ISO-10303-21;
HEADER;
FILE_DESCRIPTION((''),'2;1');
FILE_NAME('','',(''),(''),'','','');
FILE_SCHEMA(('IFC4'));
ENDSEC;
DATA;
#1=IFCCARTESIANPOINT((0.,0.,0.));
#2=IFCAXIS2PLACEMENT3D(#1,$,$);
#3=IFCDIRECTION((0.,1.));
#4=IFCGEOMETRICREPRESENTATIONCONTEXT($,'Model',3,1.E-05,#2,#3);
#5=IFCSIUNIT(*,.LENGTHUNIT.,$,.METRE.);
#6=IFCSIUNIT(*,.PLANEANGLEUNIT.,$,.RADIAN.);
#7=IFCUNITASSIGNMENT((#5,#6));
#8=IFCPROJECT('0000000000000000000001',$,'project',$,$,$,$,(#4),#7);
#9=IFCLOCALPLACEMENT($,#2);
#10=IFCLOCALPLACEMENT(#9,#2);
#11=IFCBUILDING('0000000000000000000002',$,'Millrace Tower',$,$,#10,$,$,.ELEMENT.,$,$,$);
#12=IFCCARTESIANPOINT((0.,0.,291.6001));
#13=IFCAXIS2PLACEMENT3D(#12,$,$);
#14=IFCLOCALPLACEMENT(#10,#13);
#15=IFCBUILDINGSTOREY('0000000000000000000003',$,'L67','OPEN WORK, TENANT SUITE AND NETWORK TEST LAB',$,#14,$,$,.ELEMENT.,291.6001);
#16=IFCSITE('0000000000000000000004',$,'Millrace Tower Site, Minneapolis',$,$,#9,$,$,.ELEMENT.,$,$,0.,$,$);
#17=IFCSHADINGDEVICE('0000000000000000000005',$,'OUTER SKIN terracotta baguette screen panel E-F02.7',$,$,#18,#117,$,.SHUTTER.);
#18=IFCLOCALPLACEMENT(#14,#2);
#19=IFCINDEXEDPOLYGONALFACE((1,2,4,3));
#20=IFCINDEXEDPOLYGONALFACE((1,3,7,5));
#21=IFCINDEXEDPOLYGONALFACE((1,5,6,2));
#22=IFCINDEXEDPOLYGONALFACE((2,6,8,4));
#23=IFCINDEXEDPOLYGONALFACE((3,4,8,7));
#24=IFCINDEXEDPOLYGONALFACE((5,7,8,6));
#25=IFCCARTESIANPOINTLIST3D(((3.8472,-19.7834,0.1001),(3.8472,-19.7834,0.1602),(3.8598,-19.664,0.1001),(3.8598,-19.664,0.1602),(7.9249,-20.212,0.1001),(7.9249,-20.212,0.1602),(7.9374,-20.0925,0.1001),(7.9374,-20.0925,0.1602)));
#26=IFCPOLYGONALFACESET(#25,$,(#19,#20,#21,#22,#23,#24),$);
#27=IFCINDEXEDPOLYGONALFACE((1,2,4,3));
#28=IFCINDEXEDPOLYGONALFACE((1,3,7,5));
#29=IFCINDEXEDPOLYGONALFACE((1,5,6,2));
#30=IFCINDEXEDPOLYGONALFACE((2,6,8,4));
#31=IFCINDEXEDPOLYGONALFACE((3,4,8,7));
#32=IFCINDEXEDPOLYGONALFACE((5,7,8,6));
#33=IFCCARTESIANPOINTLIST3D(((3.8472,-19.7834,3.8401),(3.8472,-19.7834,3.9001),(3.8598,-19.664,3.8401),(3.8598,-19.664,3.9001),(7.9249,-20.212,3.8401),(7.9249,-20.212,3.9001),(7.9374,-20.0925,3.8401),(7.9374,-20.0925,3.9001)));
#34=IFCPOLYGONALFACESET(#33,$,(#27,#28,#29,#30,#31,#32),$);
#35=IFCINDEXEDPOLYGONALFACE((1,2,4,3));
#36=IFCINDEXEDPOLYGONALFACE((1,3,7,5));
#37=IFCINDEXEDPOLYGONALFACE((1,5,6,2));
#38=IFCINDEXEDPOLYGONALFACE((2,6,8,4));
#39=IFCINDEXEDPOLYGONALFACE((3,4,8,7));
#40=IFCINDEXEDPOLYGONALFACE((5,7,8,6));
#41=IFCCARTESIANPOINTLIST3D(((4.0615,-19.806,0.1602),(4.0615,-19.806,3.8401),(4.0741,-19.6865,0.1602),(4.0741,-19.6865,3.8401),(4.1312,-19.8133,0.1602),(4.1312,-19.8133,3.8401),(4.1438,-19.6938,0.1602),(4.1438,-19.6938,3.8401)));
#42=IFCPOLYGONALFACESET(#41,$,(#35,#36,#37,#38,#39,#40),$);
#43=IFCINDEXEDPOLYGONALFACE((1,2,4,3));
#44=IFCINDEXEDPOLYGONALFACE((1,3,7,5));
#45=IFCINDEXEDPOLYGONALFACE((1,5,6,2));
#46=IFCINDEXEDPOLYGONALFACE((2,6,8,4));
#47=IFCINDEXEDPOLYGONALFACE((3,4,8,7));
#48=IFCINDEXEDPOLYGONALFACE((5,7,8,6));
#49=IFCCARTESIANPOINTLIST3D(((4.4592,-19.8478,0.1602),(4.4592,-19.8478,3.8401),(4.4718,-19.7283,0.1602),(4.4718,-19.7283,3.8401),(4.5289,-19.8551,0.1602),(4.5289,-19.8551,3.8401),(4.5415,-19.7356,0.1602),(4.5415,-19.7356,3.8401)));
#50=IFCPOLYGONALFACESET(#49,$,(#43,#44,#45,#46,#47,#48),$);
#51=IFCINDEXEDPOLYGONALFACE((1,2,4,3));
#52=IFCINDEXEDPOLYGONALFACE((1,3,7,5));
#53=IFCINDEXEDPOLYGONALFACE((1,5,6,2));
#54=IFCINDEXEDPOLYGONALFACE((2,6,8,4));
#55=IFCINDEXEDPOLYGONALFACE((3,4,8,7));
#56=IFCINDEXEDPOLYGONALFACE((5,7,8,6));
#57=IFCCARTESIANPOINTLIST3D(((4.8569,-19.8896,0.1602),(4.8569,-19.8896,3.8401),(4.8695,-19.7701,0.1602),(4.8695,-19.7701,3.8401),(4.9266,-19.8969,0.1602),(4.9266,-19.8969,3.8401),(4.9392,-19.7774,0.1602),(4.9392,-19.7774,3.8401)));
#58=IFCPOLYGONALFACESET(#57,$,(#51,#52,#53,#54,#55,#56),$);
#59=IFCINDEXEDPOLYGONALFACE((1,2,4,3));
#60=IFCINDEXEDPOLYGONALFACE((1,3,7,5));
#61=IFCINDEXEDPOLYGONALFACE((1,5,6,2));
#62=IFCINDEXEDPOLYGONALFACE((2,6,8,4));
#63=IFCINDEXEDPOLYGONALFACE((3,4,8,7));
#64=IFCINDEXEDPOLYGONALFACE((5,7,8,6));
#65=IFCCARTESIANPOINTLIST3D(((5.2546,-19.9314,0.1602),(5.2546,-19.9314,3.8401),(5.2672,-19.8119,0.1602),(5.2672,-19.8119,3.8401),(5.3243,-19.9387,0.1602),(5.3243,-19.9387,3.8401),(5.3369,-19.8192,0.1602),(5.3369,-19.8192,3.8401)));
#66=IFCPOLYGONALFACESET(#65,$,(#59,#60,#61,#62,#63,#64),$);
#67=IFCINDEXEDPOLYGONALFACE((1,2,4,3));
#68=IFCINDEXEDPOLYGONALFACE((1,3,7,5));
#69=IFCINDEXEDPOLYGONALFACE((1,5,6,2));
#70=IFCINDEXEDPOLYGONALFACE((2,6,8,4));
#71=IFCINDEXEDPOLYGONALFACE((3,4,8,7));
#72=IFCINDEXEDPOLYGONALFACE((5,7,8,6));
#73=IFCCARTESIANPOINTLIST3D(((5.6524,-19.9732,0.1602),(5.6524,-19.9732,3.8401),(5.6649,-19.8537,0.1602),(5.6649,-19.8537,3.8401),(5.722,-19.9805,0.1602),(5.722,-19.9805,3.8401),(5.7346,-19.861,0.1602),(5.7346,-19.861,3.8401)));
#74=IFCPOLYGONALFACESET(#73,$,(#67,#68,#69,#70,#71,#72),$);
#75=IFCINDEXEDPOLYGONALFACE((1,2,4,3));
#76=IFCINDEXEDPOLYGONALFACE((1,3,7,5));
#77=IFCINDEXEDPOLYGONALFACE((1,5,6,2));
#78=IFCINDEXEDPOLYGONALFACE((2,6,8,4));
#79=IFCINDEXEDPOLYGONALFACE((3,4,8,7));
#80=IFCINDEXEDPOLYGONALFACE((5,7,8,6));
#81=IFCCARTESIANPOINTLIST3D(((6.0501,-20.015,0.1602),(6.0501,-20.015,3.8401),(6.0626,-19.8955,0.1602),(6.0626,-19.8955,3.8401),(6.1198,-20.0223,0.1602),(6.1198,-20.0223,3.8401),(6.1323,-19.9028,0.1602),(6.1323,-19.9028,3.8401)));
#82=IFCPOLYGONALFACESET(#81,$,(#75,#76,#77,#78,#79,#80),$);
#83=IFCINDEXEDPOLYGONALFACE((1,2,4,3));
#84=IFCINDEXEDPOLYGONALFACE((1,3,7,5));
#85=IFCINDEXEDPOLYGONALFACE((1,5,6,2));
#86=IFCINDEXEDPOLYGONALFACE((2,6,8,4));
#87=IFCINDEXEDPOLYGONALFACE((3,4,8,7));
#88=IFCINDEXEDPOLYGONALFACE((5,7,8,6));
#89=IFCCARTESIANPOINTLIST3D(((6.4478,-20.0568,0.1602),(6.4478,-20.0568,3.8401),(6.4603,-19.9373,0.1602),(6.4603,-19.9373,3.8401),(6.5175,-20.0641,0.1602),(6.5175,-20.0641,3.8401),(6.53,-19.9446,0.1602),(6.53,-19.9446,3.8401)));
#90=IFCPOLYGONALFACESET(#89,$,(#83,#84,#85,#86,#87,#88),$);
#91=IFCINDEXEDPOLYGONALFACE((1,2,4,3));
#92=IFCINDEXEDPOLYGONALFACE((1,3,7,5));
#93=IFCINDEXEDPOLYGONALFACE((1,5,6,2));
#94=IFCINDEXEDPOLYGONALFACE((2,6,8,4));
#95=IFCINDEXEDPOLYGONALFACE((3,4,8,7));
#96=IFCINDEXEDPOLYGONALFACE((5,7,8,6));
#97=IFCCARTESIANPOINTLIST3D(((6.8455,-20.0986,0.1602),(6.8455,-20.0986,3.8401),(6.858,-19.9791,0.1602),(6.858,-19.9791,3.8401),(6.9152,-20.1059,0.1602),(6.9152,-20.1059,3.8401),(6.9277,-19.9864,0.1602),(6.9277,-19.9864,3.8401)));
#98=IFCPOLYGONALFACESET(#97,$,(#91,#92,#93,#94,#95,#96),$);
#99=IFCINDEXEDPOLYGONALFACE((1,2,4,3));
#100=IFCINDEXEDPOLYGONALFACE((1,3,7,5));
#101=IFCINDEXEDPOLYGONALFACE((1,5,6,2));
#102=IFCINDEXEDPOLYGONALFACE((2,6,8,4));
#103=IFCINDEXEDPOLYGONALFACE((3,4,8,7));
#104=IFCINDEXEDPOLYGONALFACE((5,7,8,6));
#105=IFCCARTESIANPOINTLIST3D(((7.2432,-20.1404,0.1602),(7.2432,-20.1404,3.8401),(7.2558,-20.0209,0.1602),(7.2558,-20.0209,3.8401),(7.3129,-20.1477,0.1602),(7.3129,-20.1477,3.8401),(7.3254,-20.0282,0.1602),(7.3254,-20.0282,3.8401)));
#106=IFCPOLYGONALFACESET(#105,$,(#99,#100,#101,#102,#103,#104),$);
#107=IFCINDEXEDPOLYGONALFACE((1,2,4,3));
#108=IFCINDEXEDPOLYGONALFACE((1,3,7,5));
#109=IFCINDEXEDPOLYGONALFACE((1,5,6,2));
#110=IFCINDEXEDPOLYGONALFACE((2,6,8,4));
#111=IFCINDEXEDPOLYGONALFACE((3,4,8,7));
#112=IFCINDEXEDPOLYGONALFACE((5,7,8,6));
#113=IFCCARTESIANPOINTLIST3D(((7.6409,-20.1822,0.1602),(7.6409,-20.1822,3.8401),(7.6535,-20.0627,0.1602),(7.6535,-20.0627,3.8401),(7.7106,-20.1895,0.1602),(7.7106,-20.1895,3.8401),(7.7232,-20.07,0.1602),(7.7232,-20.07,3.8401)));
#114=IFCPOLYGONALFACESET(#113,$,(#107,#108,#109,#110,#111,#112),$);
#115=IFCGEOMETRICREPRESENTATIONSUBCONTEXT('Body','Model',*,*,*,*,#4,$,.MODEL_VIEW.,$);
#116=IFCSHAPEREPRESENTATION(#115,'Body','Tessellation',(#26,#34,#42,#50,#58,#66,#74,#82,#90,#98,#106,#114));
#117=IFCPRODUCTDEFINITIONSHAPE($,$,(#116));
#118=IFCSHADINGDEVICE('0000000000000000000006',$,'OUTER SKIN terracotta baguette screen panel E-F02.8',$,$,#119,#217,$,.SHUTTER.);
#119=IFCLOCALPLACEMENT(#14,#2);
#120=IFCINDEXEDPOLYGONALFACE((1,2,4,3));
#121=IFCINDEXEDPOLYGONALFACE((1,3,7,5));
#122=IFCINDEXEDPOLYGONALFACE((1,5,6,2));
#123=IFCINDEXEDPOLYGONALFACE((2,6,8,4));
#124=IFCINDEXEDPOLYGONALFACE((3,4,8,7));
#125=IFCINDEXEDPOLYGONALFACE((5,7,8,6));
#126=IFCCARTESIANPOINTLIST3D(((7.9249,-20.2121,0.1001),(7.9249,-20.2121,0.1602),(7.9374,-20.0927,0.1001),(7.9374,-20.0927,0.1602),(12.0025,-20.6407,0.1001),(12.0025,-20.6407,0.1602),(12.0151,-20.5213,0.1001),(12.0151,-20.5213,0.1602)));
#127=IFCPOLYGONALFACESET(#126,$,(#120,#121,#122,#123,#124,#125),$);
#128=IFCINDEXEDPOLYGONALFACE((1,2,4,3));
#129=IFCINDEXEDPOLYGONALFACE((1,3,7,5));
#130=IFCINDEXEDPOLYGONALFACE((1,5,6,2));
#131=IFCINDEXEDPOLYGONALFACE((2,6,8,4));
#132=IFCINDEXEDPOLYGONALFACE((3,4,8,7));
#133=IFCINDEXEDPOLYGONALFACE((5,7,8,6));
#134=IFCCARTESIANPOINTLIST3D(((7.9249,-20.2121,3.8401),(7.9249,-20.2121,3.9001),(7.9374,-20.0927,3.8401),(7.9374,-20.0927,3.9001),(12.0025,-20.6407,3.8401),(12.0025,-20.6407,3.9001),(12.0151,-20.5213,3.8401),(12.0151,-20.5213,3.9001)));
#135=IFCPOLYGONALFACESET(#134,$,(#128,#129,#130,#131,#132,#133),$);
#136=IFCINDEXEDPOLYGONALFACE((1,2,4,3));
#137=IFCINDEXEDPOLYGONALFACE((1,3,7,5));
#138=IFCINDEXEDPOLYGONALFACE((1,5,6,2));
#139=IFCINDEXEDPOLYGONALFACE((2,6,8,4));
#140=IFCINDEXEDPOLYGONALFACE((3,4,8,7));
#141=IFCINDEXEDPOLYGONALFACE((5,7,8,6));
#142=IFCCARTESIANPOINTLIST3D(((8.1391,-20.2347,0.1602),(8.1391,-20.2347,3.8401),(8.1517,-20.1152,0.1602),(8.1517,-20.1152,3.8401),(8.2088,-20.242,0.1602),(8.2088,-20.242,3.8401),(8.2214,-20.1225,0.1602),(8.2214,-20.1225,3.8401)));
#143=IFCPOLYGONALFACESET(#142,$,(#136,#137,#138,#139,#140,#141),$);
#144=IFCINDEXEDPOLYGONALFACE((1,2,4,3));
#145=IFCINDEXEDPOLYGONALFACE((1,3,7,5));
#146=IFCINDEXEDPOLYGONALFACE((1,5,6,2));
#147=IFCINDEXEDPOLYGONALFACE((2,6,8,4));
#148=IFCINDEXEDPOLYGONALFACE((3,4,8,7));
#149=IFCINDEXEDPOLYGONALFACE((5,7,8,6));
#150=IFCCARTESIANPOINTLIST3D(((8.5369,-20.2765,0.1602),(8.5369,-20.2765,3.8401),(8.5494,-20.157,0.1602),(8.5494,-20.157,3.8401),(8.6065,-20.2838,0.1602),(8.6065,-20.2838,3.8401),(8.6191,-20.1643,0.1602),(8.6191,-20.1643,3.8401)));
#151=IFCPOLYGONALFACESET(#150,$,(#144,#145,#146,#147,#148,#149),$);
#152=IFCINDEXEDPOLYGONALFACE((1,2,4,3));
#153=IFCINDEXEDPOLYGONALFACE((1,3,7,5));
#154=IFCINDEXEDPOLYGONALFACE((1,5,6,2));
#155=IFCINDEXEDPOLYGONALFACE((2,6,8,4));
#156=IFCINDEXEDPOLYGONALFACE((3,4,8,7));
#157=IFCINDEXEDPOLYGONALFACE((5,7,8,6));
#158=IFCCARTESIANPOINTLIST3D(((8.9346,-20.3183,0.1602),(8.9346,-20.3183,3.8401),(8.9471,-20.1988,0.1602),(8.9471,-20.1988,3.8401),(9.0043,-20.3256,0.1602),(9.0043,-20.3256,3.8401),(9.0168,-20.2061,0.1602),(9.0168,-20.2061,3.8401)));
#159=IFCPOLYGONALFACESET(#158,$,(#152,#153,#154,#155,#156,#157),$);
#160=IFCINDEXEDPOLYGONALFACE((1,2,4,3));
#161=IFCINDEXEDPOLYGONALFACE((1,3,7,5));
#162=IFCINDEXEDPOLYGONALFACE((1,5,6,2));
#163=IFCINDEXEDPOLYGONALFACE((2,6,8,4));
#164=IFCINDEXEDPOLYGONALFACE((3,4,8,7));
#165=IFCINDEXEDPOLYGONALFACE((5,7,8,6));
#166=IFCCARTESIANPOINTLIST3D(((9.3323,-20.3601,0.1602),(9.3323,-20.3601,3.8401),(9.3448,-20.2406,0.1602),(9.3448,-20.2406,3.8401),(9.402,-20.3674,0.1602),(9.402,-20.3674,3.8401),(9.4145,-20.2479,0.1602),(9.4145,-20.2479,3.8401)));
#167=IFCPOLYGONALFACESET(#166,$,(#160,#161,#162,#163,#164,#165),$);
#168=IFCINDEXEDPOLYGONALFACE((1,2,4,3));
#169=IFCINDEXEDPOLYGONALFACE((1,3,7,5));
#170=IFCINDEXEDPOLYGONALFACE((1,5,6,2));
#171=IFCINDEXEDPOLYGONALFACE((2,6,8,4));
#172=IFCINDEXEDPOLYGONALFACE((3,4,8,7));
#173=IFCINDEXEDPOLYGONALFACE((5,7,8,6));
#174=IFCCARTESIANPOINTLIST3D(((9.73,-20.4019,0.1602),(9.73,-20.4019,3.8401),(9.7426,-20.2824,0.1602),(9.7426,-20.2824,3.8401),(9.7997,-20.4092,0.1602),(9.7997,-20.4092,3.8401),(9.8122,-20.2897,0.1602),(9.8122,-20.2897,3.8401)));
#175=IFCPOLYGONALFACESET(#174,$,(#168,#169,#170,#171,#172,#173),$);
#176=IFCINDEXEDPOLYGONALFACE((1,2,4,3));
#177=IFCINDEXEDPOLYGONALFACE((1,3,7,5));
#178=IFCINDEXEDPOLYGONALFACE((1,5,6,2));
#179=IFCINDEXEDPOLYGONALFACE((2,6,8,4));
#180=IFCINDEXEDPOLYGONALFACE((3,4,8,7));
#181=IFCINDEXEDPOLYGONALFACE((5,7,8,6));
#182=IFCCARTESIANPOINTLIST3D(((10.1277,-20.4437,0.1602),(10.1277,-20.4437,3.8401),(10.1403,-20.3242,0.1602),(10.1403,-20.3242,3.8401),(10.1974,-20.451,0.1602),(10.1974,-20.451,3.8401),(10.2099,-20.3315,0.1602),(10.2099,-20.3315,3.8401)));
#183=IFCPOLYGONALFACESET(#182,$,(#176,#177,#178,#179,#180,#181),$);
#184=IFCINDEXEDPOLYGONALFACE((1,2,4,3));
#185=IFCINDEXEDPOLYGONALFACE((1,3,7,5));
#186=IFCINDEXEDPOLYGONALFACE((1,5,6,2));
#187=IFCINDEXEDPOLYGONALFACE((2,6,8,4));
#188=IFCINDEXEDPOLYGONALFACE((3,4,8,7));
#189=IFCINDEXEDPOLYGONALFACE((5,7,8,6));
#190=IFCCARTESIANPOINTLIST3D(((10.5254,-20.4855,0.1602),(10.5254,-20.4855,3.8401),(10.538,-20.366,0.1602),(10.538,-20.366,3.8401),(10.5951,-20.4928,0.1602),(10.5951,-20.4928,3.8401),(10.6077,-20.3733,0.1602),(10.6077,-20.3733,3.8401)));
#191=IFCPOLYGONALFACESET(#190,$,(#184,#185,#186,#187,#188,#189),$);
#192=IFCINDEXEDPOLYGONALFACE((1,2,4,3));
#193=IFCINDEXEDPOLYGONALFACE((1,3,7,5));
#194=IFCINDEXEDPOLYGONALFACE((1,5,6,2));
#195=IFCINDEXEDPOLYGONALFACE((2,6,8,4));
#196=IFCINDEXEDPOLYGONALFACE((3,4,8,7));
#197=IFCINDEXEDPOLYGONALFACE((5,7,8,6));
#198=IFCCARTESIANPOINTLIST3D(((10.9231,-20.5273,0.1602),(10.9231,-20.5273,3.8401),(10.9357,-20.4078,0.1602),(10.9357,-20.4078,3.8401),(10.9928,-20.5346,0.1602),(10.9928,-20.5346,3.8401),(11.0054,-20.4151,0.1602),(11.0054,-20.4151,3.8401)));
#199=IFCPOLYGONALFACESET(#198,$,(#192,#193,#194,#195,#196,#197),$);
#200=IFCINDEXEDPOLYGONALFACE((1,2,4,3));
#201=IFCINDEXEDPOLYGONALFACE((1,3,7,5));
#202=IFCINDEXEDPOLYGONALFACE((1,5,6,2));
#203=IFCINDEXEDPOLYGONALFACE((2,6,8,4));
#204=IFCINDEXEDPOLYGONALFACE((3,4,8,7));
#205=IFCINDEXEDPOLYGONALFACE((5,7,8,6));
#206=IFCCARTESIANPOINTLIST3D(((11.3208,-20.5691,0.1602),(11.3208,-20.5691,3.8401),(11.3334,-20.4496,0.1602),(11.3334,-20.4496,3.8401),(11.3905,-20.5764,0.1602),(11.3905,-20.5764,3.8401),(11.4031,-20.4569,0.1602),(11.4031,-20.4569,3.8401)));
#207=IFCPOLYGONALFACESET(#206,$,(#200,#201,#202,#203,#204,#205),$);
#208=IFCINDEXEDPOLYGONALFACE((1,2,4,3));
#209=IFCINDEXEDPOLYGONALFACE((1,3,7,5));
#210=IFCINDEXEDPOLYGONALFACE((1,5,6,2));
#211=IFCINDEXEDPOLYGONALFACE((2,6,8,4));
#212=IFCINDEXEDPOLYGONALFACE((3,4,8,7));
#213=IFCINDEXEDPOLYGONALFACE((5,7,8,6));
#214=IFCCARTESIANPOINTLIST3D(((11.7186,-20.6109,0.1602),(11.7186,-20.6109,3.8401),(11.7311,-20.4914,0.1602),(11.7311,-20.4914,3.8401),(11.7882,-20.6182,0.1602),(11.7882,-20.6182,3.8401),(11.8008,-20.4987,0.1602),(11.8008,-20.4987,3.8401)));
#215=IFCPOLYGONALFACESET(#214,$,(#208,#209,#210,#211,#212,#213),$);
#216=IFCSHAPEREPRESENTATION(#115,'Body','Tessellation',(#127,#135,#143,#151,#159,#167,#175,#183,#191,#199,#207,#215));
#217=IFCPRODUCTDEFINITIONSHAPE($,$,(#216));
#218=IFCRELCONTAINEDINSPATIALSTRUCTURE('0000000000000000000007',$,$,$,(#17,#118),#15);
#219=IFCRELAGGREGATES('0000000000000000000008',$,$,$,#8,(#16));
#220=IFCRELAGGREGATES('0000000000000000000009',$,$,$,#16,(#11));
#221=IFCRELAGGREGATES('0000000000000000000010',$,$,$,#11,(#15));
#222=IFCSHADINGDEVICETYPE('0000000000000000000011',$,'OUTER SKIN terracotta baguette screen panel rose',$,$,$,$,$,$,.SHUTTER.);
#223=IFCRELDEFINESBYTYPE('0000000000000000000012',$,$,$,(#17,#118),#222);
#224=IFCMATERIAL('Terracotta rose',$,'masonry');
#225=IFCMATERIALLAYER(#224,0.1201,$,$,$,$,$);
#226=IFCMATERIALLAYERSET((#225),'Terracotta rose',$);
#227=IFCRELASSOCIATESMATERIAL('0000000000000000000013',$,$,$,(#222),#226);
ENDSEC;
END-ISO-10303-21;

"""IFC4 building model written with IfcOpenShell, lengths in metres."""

from ifc_helpers import new_model, entity, si_unit, direction, frame, frame_2d, origin, place, context, subcontext, project, spatial, rectangle, extrude, source, transform, mapped, material, layer, layer_set, type_object, element, save


model = new_model("IFC4")

# Units and contexts
model_context = context("Model", 3, precision=1e-05, world=origin(), true_north=direction((0.0, 1.0)))
body_context = subcontext(model_context, "Body", "Model", "MODEL_VIEW")
ifc_project = project(units=[si_unit("LENGTHUNIT", "METRE"), si_unit("PLANEANGLEUNIT", "RADIAN")], contexts=[model_context])

# Site, building, storey
site_placement = place(None, origin())
site = spatial("IfcSite", under=ifc_project, at=site_placement, Name="Millrace Tower Site, Minneapolis", CompositionType="ELEMENT", RefElevation=0.0)
building_placement = place(site_placement, origin())
building = spatial("IfcBuilding", under=site, at=building_placement, Name="Millrace Tower", CompositionType="ELEMENT")
storey_placement = place(building_placement, frame((0.0, 0.0, 291.6001)))
storey = spatial("IfcBuildingStorey", under=building, at=storey_placement, Name="L67", Description="OPEN WORK, TENANT SUITE AND NETWORK TEST LAB", CompositionType="ELEMENT", Elevation=291.6001)

# Shading devices
ifc_material_1 = material(Name="Terracotta rose", Category="masonry")
ifc_layer_1 = layer(ifc_material_1, 0.1201)
ifc_layer_set_1 = layer_set([ifc_layer_1], Name="Terracotta rose")
shading_device_type = type_object("IfcShadingDeviceType", Name="OUTER SKIN terracotta baguette screen panel rose", PredefinedType="SHUTTER", material=ifc_layer_set_1)
cartesian_point = entity("IfcCartesianPoint", [-2.05, 0.0601])
shared_polyline = entity("IfcPolyline", [cartesian_point, entity("IfcCartesianPoint", [2.05, 0.0601]), entity("IfcCartesianPoint", [2.05, -0.0601]), entity("IfcCartesianPoint", [-2.05, -0.0601]), cartesian_point])
shared_shape = source(origin(), body_context, "Body", "SweptSolid", [
    entity("IfcExtrudedAreaSolid", entity("IfcArbitraryClosedProfileDef", "AREA", None, shared_polyline), entity("IfcAxis2Placement3D", entity("IfcCartesianPoint", [0.0, 0.0, 0.0])), entity("IfcDirection", [0.0, 0.0, 1.0]), 0.0601),
    entity("IfcExtrudedAreaSolid", entity("IfcArbitraryClosedProfileDef", "AREA", None, shared_polyline), entity("IfcAxis2Placement3D", entity("IfcCartesianPoint", [0.0, 0.0, 3.74])), entity("IfcDirection", [0.0, 0.0, 1.0]), 0.0601),
    extrude(rectangle(XDim=0.0701, YDim=0.1201, at=frame_2d((-1.7996, 0.0))), frame((0.0, 0.0, 0.0601)), (0.0, 0.0, 1.0), 3.6799),
    extrude(rectangle(XDim=0.0701, YDim=0.1201, at=frame_2d((-1.3997, 0.0))), frame((0.0, 0.0, 0.0601)), (0.0, 0.0, 1.0), 3.6799),
    extrude(rectangle(XDim=0.0701, YDim=0.1201, at=frame_2d((-0.9998, 0.0))), frame((0.0, 0.0, 0.0601)), (0.0, 0.0, 1.0), 3.6799),
    extrude(rectangle(XDim=0.0701, YDim=0.1201, at=frame_2d((-0.5999, 0.0))), frame((0.0, 0.0, 0.0601)), (0.0, 0.0, 1.0), 3.6799),
    extrude(rectangle(XDim=0.0701, YDim=0.1201, at=frame_2d((-0.2, 0.0))), frame((0.0, 0.0, 0.0601)), (0.0, 0.0, 1.0), 3.6799),
    extrude(rectangle(XDim=0.0701, YDim=0.1201, at=frame_2d((0.2, 0.0))), frame((0.0, 0.0, 0.0601)), (0.0, 0.0, 1.0), 3.6799),
    extrude(rectangle(XDim=0.0701, YDim=0.1201, at=frame_2d((0.5999, 0.0))), frame((0.0, 0.0, 0.0601)), (0.0, 0.0, 1.0), 3.6799),
    extrude(rectangle(XDim=0.0701, YDim=0.1201, at=frame_2d((0.9998, 0.0))), frame((0.0, 0.0, 0.0601)), (0.0, 0.0, 1.0), 3.6799),
    extrude(rectangle(XDim=0.0701, YDim=0.1201, at=frame_2d((1.3997, 0.0))), frame((0.0, 0.0, 0.0601)), (0.0, 0.0, 1.0), 3.6799),
    extrude(rectangle(XDim=0.0701, YDim=0.1201, at=frame_2d((1.7996, 0.0))), frame((0.0, 0.0, 0.0601)), (0.0, 0.0, 1.0), 3.6799),
])
for number, where, z_axis, x_axis, name in (
    (1, (5.8923, -19.938, 0.1001), (0.0, 0.0, 1.0), (0.994522, -0.104528, 0.0), "OUTER SKIN terracotta baguette screen panel E-F02.7"),
    (2, (9.97, -20.3667, 0.1001), (0.0, 0.0, 1.0), (0.994522, -0.104528, 0.0), "OUTER SKIN terracotta baguette screen panel E-F02.8"),
):
    element("IfcShadingDevice", number, at=place(storey_placement, frame(where, z_axis=z_axis, x_axis=x_axis)), inside=storey, type_object=shading_device_type, Name=name, PredefinedType="SHUTTER", context=body_context, shape_type="MappedRepresentation", body=[
        mapped(shared_shape, transform((0.0, 0.0, 0.0), scale=1.0)),
    ])

save(model, "model.ifc")
